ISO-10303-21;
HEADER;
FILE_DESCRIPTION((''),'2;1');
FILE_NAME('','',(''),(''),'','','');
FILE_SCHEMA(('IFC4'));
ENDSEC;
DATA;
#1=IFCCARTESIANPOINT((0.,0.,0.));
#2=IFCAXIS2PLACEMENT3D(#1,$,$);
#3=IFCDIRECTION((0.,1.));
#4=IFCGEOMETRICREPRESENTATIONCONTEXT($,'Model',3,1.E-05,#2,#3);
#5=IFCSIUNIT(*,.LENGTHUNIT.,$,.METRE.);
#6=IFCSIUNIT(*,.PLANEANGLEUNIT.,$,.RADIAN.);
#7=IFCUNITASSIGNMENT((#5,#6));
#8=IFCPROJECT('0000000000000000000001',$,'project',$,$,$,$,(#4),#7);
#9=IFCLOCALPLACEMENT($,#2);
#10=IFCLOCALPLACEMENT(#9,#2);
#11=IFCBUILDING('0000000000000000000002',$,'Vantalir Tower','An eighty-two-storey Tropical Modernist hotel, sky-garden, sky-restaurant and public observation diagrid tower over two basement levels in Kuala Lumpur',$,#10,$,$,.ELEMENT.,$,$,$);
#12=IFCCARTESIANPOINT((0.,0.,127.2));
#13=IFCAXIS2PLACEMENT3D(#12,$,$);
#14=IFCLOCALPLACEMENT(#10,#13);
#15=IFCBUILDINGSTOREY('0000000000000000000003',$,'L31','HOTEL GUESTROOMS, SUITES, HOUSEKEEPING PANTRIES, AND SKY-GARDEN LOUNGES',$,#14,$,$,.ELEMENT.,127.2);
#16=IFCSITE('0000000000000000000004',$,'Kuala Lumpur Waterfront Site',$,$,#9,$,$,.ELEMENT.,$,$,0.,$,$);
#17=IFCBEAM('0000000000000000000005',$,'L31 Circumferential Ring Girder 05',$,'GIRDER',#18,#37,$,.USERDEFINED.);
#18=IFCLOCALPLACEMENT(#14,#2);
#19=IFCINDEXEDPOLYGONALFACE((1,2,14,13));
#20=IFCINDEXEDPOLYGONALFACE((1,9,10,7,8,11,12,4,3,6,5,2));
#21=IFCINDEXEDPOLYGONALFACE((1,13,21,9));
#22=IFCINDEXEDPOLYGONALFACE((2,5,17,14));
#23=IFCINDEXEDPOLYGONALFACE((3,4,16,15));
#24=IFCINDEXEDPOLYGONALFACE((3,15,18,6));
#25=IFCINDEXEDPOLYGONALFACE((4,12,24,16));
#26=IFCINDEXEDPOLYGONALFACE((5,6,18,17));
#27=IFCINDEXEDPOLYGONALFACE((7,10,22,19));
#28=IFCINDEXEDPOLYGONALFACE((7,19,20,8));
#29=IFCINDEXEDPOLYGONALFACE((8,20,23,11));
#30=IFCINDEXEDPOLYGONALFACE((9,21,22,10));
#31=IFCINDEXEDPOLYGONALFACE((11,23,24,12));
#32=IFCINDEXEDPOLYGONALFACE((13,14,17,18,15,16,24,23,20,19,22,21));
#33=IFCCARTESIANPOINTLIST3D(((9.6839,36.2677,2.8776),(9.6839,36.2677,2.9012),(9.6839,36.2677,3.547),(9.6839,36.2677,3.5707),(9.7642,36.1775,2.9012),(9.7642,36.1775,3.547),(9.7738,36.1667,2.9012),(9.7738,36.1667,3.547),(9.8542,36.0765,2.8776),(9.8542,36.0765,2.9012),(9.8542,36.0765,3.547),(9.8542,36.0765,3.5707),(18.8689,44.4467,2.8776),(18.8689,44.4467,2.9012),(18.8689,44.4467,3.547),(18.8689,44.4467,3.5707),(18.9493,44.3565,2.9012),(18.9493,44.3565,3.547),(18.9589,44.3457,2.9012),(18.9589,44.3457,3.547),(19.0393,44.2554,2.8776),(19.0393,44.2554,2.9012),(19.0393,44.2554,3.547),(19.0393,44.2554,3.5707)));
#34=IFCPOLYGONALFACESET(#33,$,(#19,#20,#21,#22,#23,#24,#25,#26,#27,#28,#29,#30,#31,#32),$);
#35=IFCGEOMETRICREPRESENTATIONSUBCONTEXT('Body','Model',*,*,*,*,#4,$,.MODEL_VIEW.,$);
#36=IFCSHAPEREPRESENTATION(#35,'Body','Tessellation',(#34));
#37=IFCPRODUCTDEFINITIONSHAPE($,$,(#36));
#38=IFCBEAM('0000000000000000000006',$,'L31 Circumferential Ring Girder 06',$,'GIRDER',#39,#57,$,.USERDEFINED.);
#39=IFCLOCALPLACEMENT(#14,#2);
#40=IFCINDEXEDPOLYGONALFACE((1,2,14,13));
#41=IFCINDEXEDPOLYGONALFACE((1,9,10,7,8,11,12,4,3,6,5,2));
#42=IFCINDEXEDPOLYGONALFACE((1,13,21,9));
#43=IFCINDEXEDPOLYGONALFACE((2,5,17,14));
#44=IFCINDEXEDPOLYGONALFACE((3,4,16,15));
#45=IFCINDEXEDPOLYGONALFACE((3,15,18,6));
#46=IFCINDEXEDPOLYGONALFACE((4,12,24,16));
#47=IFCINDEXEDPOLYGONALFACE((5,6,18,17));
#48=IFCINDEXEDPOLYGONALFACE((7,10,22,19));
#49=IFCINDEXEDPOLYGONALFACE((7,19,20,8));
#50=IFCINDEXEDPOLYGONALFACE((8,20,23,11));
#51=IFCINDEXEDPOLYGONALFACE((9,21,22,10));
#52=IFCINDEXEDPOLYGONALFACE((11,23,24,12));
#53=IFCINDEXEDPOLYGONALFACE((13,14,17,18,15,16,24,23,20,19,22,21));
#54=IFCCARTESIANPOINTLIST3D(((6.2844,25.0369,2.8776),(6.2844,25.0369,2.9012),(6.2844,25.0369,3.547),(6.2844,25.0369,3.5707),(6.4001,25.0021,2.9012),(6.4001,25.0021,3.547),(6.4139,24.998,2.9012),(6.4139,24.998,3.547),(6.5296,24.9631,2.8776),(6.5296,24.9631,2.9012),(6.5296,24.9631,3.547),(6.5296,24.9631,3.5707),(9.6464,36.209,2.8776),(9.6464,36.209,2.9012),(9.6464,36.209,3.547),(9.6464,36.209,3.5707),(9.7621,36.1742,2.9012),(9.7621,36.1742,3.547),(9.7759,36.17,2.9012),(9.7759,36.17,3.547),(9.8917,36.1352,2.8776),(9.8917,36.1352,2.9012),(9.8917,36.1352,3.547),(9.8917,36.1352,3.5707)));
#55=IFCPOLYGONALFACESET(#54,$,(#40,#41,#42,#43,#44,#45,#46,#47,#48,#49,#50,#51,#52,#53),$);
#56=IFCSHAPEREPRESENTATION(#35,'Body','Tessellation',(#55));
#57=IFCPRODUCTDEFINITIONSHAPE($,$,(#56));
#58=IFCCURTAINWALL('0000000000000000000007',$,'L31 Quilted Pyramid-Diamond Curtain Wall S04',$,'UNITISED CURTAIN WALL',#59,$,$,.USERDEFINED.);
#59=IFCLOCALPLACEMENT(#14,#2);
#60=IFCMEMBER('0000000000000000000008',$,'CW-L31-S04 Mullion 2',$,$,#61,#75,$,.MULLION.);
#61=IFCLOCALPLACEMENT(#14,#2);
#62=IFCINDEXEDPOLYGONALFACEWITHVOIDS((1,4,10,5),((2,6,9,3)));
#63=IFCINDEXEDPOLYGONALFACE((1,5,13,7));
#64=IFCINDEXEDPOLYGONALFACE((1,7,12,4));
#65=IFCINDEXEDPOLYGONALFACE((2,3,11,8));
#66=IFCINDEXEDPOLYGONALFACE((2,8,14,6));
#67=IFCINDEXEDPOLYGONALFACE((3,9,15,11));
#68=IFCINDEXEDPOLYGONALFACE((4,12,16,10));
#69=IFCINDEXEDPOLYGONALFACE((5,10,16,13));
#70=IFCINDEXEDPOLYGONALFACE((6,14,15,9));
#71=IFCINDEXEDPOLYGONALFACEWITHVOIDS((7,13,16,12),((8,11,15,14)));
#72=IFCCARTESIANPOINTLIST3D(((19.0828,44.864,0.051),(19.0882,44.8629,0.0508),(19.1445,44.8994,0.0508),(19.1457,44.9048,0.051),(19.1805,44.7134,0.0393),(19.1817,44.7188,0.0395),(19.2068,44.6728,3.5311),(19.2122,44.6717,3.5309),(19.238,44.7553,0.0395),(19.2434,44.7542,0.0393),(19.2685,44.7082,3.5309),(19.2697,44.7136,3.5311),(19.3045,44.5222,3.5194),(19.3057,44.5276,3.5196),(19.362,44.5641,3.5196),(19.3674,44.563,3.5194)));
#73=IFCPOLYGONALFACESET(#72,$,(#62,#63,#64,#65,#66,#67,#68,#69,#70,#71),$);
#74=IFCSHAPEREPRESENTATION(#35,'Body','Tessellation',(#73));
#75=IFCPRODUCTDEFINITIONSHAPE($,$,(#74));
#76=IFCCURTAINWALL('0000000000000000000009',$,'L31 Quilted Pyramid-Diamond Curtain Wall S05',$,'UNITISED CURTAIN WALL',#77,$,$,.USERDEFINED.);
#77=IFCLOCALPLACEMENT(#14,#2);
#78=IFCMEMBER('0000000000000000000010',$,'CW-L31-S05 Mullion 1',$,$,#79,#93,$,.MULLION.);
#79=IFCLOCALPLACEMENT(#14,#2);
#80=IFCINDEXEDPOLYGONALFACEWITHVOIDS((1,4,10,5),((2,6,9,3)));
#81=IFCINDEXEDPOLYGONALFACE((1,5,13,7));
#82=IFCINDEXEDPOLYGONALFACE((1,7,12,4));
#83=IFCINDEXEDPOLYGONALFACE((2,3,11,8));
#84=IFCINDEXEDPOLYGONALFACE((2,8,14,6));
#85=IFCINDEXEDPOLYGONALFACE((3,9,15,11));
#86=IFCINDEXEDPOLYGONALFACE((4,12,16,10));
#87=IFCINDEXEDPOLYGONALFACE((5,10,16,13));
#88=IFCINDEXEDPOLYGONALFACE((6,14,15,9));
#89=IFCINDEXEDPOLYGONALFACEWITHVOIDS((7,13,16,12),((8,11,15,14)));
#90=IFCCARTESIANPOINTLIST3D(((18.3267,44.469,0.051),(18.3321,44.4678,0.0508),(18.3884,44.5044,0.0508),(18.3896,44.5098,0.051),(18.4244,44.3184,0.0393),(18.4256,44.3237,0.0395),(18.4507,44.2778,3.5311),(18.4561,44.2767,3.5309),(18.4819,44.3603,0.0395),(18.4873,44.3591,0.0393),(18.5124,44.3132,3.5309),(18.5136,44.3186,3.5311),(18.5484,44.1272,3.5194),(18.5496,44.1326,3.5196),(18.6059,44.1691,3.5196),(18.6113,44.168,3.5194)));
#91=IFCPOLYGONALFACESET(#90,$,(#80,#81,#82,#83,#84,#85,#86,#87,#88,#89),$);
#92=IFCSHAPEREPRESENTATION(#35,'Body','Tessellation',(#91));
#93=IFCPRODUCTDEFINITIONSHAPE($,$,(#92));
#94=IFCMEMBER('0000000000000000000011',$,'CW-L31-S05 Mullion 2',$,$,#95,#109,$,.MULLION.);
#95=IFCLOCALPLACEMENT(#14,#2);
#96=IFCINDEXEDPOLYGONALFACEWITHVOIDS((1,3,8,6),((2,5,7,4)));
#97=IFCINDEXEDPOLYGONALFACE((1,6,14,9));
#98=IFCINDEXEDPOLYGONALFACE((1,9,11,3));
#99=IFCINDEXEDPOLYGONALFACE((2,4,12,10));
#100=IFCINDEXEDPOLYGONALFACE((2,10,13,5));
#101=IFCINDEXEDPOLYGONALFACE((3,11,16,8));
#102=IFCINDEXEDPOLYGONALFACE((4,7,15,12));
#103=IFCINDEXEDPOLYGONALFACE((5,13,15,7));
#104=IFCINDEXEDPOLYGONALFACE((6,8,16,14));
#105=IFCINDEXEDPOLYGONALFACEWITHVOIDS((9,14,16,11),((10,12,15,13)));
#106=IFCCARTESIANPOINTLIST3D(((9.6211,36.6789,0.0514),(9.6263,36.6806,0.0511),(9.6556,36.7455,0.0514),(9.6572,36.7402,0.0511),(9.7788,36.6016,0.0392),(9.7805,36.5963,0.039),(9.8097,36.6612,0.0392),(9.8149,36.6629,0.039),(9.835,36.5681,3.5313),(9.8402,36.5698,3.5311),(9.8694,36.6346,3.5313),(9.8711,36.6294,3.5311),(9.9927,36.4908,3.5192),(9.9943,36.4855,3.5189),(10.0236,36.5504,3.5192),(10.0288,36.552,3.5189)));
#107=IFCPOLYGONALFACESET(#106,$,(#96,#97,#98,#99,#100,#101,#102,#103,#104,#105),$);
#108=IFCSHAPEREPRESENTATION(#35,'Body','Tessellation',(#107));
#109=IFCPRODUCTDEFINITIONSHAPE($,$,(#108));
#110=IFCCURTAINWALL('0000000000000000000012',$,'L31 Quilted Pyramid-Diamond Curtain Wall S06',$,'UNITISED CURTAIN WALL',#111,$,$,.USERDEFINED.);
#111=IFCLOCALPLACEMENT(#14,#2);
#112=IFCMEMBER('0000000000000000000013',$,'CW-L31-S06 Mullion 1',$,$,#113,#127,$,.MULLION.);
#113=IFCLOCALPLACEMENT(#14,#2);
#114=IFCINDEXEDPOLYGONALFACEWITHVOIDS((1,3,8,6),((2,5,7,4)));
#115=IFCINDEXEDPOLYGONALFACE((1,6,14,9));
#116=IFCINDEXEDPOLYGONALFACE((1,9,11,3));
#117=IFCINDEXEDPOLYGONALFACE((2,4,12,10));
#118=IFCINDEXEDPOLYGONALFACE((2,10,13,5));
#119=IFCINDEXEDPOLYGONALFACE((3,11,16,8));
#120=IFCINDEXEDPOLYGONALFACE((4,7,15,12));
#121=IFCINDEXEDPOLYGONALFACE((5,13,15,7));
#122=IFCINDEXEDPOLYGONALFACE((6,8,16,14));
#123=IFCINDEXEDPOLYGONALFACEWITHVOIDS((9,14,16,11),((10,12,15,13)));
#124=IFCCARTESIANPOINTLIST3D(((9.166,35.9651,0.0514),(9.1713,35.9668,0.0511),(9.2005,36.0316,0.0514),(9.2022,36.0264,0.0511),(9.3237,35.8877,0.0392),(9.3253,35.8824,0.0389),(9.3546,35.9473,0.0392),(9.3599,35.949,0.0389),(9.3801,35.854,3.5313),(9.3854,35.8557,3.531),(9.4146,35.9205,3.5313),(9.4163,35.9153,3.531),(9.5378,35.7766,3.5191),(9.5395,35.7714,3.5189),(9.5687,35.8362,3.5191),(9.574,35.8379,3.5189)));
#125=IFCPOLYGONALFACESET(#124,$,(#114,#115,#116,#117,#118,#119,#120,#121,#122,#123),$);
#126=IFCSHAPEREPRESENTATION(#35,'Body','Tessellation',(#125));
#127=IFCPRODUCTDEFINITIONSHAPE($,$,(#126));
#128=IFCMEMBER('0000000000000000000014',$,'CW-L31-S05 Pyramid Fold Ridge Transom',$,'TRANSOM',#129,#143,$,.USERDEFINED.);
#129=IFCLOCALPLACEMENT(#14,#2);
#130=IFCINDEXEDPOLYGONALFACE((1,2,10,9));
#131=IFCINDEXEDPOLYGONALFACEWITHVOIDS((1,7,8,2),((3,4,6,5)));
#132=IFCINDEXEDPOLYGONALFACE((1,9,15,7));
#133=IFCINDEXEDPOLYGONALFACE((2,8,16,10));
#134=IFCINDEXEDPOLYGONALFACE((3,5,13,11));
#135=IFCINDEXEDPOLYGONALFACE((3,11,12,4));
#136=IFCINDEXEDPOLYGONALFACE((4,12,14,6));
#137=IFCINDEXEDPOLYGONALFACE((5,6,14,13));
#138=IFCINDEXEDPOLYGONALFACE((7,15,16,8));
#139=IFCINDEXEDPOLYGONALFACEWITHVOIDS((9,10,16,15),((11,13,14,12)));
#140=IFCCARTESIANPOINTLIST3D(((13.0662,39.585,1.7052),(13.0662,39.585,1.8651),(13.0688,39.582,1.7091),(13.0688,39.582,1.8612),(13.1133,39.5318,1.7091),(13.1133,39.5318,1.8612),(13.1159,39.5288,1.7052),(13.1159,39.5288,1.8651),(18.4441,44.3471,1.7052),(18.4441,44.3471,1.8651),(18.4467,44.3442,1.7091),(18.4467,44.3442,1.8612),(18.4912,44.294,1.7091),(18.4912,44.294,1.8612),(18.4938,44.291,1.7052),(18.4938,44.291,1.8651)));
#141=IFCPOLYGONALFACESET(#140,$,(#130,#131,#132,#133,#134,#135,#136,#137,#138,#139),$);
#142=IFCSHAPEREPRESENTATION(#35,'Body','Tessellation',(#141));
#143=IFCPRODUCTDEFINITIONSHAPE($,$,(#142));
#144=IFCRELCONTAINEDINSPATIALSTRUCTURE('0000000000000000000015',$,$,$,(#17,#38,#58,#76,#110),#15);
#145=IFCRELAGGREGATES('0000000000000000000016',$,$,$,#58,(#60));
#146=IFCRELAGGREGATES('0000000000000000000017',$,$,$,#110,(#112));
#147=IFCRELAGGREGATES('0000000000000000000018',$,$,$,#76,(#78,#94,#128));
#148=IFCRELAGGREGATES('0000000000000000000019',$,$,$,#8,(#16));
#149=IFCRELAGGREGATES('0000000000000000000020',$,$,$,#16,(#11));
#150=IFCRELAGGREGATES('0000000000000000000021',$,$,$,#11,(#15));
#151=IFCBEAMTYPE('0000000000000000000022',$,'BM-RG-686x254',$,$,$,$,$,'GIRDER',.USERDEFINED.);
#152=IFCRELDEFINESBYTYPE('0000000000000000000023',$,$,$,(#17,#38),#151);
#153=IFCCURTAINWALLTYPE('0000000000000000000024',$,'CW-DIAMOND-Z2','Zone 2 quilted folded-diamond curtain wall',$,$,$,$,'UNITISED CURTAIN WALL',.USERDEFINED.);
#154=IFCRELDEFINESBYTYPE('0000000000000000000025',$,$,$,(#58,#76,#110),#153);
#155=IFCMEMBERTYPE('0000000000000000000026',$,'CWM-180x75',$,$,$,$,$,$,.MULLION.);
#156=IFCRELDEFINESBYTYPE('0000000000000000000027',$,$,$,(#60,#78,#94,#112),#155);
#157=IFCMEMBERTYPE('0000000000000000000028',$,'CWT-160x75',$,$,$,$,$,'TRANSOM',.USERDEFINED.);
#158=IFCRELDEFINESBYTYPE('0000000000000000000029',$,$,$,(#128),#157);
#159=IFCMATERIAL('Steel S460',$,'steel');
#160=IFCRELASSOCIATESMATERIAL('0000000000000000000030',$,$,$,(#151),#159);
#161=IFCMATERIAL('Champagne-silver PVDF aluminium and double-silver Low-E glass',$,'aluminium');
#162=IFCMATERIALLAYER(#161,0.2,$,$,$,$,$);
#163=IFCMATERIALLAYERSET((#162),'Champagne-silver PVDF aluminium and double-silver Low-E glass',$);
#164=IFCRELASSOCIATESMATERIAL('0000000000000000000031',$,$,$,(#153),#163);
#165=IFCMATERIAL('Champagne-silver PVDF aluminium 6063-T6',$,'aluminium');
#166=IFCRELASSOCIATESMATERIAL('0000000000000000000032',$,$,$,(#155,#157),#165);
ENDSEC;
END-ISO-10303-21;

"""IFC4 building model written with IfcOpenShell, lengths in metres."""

from ifc_helpers import new_model, si_unit, direction, frame, origin, origin_2d, place, context, subcontext, project, spatial, hollow_rectangle, i_section, extrude, material, layer, layer_set, material_profile, profile_set, type_object, element, aggregate, save


model = new_model("IFC4")

# Units and contexts
model_context = context("Model", 3, precision=1e-05, world=origin(), true_north=direction((0.0, 1.0)))
body_context = subcontext(model_context, "Body", "Model", "MODEL_VIEW")
ifc_project = project(units=[si_unit("LENGTHUNIT", "METRE"), si_unit("PLANEANGLEUNIT", "RADIAN")], contexts=[model_context])

# Site, building, storey
site_placement = place(None, origin())
site = spatial("IfcSite", under=ifc_project, at=site_placement, Name="Kuala Lumpur Waterfront Site", CompositionType="ELEMENT", RefElevation=0.0)
building_placement = place(site_placement, origin())
building = spatial("IfcBuilding", under=site, at=building_placement, Name="Vantalir Tower", Description="An eighty-two-storey Tropical Modernist hotel, sky-garden, sky-restaurant and public observation diagrid tower over two basement levels in Kuala Lumpur", CompositionType="ELEMENT")
storey_placement = place(building_placement, frame((0.0, 0.0, 127.2)))
storey = spatial("IfcBuildingStorey", under=building, at=storey_placement, Name="L31", Description="HOTEL GUESTROOMS, SUITES, HOUSEKEEPING PANTRIES, AND SKY-GARDEN LOUNGES", CompositionType="ELEMENT", Elevation=127.2)

# Shared definitions
ifc_material_1 = material(Name="Steel S460", Category="steel")

# Beams
ifc_material_profile_1 = material_profile(ifc_material_1, i_section(OverallWidth=0.2561, OverallDepth=0.6931, WebThickness=0.0144, FlangeThickness=0.0237, at=origin_2d()), Name="Steel S460")
ifc_profile_set_1 = profile_set([ifc_material_profile_1], Name="Steel S460")
beam_type_1 = type_object("IfcBeamType", Name="BM-RG-686x254", ElementType="GIRDER", PredefinedType="USERDEFINED", material=ifc_profile_set_1)
beam_1_placement = place(storey_placement, frame((18.9541, 44.3511, 3.2241), z_axis=(-0.746825, -0.66502, 0.0), x_axis=(0.66502, -0.746825, 0.0)))
element("IfcBeam", 1, at=beam_1_placement, inside=storey, type_object=beam_type_1, Name="L31 Circumferential Ring Girder 05", ObjectType="GIRDER", PredefinedType="USERDEFINED", context=body_context, shape_type="SweptSolid", body=[
    extrude(i_section(OverallWidth=0.2561, OverallDepth=0.6931, WebThickness=0.0144, FlangeThickness=0.0237, at=origin_2d()), origin(), (0.0, 0.0, 1.0), 12.2988),
])
beam_2_placement = place(storey_placement, frame((9.769, 36.1721, 3.2241), z_axis=(-0.288168, -0.95758, 0.0), x_axis=(0.95758, -0.288168, 0.0)))
element("IfcBeam", 2, at=beam_2_placement, inside=storey, type_object=beam_type_1, Name="L31 Circumferential Ring Girder 06", ObjectType="GIRDER", PredefinedType="USERDEFINED", context=body_context, shape_type="SweptSolid", body=[
    extrude(i_section(OverallWidth=0.2561, OverallDepth=0.6931, WebThickness=0.0144, FlangeThickness=0.0237, at=origin_2d()), origin(), (0.0, 0.0, 1.0), 11.667),
])

# Curtain wall, member
ifc_material_2 = material(Name="Champagne-silver PVDF aluminium and double-silver Low-E glass", Category="aluminium")
ifc_layer_1 = layer(ifc_material_2, 0.2)
ifc_layer_set_1 = layer_set([ifc_layer_1], Name="Champagne-silver PVDF aluminium and double-silver Low-E glass")
curtain_wall_type = type_object("IfcCurtainWallType", Name="CW-DIAMOND-Z2", Description="Zone 2 quilted folded-diamond curtain wall", ElementType="UNITISED CURTAIN WALL", PredefinedType="USERDEFINED", material=ifc_layer_set_1)
curtain_wall_1_placement = place(storey_placement, origin())
curtain_wall_1 = element("IfcCurtainWall", 3, at=curtain_wall_1_placement, inside=storey, type_object=curtain_wall_type, Name="L31 Quilted Pyramid-Diamond Curtain Wall S04", ObjectType="UNITISED CURTAIN WALL", PredefinedType="USERDEFINED")
ifc_material_3 = material(Name="Champagne-silver PVDF aluminium 6063-T6", Category="aluminium")
ifc_material_profile_2 = material_profile(ifc_material_3, hollow_rectangle(XDim=0.075, YDim=0.1799, WallThickness=0.0039, at=origin_2d()), Name="Champagne-silver PVDF aluminium 6063-T6")
ifc_profile_set_2 = profile_set([ifc_material_profile_2], Name="Champagne-silver PVDF aluminium 6063-T6")
member_type_1 = type_object("IfcMemberType", Name="CWM-180x75", PredefinedType="MULLION", material=ifc_profile_set_2)
member_1_placement = place(storey_placement, frame((19.1631, 44.8091, 0.0452), z_axis=(0.035563, -0.054815, 0.997863), x_axis=(0.838908, 0.544273, 0.0)))
member_1 = element("IfcMember", 4, at=member_1_placement, type_object=member_type_1, Name="CW-L31-S04 Mullion 2", PredefinedType="MULLION", context=body_context, shape_type="SweptSolid", body=[
    extrude(hollow_rectangle(XDim=0.075, YDim=0.1799, WallThickness=0.0039, at=origin_2d()), origin(), (0.0, 0.0, 1.0), 3.4875),
])
aggregate(curtain_wall_1, [member_1])

# Curtain wall, members
curtain_wall_2_placement = place(storey_placement, origin())
curtain_wall_2 = element("IfcCurtainWall", 5, at=curtain_wall_2_placement, inside=storey, type_object=curtain_wall_type, Name="L31 Quilted Pyramid-Diamond Curtain Wall S05", ObjectType="UNITISED CURTAIN WALL", PredefinedType="USERDEFINED")
member_2_placement = place(storey_placement, frame((18.407, 44.4141, 0.0452), z_axis=(0.035563, -0.054815, 0.997863), x_axis=(0.838908, 0.544273, 0.0)))
member_2 = element("IfcMember", 6, at=member_2_placement, type_object=member_type_1, Name="CW-L31-S05 Mullion 1", PredefinedType="MULLION", context=body_context, shape_type="SweptSolid", body=[
    extrude(hollow_rectangle(XDim=0.075, YDim=0.1799, WallThickness=0.0039, at=origin_2d()), origin(), (0.0, 0.0, 1.0), 3.4875),
])
member_3_placement = place(storey_placement, frame((9.718, 36.6709, 0.0452), z_axis=(0.06131, -0.031775, 0.997613), x_axis=(0.46014, 0.887847, 0.0)))
member_3 = element("IfcMember", 7, at=member_3_placement, type_object=member_type_1, Name="CW-L31-S05 Mullion 2", PredefinedType="MULLION", context=body_context, shape_type="SweptSolid", body=[
    extrude(hollow_rectangle(XDim=0.075, YDim=0.1799, WallThickness=0.0039, at=origin_2d()), origin(), (0.0, 0.0, 1.0), 3.4883),
])

# Curtain wall, member
curtain_wall_3_placement = place(storey_placement, origin())
curtain_wall_3 = element("IfcCurtainWall", 8, at=curtain_wall_3_placement, inside=storey, type_object=curtain_wall_type, Name="L31 Quilted Pyramid-Diamond Curtain Wall S06", ObjectType="UNITISED CURTAIN WALL", PredefinedType="USERDEFINED")
member_4_placement = place(storey_placement, frame((9.2629, 35.957, 0.0452), z_axis=(0.061379, -0.031844, 0.997606), x_axis=(0.460524, 0.887647, 0.0)))
member_4 = element("IfcMember", 9, at=member_4_placement, type_object=member_type_1, Name="CW-L31-S06 Mullion 1", PredefinedType="MULLION", context=body_context, shape_type="SweptSolid", body=[
    extrude(hollow_rectangle(XDim=0.075, YDim=0.1799, WallThickness=0.0039, at=origin_2d()), origin(), (0.0, 0.0, 1.0), 3.4883),
])
aggregate(curtain_wall_3, [member_4])

# Member
ifc_material_profile_3 = material_profile(ifc_material_3, hollow_rectangle(XDim=0.075, YDim=0.1599, WallThickness=0.0039, at=origin_2d()), Name="Champagne-silver PVDF aluminium 6063-T6")
ifc_profile_set_3 = profile_set([ifc_material_profile_3], Name="Champagne-silver PVDF aluminium 6063-T6")
member_type_2 = type_object("IfcMemberType", Name="CWT-160x75", ElementType="TRANSOM", PredefinedType="USERDEFINED", material=ifc_profile_set_3)
member_5_placement = place(storey_placement, frame((18.469, 44.3191, 1.7852), z_axis=(-0.748664, -0.662949, 0.0), x_axis=(0.662949, -0.748664, 0.0)))
member_5 = element("IfcMember", 10, at=member_5_placement, type_object=member_type_2, Name="CW-L31-S05 Pyramid Fold Ridge Transom", ObjectType="TRANSOM", PredefinedType="USERDEFINED", context=body_context, shape_type="SweptSolid", body=[
    extrude(hollow_rectangle(XDim=0.075, YDim=0.1599, WallThickness=0.0039, at=origin_2d()), origin(), (0.0, 0.0, 1.0), 7.1833),
])

aggregate(curtain_wall_2, [member_2, member_3, member_5])

save(model, "model.ifc")
